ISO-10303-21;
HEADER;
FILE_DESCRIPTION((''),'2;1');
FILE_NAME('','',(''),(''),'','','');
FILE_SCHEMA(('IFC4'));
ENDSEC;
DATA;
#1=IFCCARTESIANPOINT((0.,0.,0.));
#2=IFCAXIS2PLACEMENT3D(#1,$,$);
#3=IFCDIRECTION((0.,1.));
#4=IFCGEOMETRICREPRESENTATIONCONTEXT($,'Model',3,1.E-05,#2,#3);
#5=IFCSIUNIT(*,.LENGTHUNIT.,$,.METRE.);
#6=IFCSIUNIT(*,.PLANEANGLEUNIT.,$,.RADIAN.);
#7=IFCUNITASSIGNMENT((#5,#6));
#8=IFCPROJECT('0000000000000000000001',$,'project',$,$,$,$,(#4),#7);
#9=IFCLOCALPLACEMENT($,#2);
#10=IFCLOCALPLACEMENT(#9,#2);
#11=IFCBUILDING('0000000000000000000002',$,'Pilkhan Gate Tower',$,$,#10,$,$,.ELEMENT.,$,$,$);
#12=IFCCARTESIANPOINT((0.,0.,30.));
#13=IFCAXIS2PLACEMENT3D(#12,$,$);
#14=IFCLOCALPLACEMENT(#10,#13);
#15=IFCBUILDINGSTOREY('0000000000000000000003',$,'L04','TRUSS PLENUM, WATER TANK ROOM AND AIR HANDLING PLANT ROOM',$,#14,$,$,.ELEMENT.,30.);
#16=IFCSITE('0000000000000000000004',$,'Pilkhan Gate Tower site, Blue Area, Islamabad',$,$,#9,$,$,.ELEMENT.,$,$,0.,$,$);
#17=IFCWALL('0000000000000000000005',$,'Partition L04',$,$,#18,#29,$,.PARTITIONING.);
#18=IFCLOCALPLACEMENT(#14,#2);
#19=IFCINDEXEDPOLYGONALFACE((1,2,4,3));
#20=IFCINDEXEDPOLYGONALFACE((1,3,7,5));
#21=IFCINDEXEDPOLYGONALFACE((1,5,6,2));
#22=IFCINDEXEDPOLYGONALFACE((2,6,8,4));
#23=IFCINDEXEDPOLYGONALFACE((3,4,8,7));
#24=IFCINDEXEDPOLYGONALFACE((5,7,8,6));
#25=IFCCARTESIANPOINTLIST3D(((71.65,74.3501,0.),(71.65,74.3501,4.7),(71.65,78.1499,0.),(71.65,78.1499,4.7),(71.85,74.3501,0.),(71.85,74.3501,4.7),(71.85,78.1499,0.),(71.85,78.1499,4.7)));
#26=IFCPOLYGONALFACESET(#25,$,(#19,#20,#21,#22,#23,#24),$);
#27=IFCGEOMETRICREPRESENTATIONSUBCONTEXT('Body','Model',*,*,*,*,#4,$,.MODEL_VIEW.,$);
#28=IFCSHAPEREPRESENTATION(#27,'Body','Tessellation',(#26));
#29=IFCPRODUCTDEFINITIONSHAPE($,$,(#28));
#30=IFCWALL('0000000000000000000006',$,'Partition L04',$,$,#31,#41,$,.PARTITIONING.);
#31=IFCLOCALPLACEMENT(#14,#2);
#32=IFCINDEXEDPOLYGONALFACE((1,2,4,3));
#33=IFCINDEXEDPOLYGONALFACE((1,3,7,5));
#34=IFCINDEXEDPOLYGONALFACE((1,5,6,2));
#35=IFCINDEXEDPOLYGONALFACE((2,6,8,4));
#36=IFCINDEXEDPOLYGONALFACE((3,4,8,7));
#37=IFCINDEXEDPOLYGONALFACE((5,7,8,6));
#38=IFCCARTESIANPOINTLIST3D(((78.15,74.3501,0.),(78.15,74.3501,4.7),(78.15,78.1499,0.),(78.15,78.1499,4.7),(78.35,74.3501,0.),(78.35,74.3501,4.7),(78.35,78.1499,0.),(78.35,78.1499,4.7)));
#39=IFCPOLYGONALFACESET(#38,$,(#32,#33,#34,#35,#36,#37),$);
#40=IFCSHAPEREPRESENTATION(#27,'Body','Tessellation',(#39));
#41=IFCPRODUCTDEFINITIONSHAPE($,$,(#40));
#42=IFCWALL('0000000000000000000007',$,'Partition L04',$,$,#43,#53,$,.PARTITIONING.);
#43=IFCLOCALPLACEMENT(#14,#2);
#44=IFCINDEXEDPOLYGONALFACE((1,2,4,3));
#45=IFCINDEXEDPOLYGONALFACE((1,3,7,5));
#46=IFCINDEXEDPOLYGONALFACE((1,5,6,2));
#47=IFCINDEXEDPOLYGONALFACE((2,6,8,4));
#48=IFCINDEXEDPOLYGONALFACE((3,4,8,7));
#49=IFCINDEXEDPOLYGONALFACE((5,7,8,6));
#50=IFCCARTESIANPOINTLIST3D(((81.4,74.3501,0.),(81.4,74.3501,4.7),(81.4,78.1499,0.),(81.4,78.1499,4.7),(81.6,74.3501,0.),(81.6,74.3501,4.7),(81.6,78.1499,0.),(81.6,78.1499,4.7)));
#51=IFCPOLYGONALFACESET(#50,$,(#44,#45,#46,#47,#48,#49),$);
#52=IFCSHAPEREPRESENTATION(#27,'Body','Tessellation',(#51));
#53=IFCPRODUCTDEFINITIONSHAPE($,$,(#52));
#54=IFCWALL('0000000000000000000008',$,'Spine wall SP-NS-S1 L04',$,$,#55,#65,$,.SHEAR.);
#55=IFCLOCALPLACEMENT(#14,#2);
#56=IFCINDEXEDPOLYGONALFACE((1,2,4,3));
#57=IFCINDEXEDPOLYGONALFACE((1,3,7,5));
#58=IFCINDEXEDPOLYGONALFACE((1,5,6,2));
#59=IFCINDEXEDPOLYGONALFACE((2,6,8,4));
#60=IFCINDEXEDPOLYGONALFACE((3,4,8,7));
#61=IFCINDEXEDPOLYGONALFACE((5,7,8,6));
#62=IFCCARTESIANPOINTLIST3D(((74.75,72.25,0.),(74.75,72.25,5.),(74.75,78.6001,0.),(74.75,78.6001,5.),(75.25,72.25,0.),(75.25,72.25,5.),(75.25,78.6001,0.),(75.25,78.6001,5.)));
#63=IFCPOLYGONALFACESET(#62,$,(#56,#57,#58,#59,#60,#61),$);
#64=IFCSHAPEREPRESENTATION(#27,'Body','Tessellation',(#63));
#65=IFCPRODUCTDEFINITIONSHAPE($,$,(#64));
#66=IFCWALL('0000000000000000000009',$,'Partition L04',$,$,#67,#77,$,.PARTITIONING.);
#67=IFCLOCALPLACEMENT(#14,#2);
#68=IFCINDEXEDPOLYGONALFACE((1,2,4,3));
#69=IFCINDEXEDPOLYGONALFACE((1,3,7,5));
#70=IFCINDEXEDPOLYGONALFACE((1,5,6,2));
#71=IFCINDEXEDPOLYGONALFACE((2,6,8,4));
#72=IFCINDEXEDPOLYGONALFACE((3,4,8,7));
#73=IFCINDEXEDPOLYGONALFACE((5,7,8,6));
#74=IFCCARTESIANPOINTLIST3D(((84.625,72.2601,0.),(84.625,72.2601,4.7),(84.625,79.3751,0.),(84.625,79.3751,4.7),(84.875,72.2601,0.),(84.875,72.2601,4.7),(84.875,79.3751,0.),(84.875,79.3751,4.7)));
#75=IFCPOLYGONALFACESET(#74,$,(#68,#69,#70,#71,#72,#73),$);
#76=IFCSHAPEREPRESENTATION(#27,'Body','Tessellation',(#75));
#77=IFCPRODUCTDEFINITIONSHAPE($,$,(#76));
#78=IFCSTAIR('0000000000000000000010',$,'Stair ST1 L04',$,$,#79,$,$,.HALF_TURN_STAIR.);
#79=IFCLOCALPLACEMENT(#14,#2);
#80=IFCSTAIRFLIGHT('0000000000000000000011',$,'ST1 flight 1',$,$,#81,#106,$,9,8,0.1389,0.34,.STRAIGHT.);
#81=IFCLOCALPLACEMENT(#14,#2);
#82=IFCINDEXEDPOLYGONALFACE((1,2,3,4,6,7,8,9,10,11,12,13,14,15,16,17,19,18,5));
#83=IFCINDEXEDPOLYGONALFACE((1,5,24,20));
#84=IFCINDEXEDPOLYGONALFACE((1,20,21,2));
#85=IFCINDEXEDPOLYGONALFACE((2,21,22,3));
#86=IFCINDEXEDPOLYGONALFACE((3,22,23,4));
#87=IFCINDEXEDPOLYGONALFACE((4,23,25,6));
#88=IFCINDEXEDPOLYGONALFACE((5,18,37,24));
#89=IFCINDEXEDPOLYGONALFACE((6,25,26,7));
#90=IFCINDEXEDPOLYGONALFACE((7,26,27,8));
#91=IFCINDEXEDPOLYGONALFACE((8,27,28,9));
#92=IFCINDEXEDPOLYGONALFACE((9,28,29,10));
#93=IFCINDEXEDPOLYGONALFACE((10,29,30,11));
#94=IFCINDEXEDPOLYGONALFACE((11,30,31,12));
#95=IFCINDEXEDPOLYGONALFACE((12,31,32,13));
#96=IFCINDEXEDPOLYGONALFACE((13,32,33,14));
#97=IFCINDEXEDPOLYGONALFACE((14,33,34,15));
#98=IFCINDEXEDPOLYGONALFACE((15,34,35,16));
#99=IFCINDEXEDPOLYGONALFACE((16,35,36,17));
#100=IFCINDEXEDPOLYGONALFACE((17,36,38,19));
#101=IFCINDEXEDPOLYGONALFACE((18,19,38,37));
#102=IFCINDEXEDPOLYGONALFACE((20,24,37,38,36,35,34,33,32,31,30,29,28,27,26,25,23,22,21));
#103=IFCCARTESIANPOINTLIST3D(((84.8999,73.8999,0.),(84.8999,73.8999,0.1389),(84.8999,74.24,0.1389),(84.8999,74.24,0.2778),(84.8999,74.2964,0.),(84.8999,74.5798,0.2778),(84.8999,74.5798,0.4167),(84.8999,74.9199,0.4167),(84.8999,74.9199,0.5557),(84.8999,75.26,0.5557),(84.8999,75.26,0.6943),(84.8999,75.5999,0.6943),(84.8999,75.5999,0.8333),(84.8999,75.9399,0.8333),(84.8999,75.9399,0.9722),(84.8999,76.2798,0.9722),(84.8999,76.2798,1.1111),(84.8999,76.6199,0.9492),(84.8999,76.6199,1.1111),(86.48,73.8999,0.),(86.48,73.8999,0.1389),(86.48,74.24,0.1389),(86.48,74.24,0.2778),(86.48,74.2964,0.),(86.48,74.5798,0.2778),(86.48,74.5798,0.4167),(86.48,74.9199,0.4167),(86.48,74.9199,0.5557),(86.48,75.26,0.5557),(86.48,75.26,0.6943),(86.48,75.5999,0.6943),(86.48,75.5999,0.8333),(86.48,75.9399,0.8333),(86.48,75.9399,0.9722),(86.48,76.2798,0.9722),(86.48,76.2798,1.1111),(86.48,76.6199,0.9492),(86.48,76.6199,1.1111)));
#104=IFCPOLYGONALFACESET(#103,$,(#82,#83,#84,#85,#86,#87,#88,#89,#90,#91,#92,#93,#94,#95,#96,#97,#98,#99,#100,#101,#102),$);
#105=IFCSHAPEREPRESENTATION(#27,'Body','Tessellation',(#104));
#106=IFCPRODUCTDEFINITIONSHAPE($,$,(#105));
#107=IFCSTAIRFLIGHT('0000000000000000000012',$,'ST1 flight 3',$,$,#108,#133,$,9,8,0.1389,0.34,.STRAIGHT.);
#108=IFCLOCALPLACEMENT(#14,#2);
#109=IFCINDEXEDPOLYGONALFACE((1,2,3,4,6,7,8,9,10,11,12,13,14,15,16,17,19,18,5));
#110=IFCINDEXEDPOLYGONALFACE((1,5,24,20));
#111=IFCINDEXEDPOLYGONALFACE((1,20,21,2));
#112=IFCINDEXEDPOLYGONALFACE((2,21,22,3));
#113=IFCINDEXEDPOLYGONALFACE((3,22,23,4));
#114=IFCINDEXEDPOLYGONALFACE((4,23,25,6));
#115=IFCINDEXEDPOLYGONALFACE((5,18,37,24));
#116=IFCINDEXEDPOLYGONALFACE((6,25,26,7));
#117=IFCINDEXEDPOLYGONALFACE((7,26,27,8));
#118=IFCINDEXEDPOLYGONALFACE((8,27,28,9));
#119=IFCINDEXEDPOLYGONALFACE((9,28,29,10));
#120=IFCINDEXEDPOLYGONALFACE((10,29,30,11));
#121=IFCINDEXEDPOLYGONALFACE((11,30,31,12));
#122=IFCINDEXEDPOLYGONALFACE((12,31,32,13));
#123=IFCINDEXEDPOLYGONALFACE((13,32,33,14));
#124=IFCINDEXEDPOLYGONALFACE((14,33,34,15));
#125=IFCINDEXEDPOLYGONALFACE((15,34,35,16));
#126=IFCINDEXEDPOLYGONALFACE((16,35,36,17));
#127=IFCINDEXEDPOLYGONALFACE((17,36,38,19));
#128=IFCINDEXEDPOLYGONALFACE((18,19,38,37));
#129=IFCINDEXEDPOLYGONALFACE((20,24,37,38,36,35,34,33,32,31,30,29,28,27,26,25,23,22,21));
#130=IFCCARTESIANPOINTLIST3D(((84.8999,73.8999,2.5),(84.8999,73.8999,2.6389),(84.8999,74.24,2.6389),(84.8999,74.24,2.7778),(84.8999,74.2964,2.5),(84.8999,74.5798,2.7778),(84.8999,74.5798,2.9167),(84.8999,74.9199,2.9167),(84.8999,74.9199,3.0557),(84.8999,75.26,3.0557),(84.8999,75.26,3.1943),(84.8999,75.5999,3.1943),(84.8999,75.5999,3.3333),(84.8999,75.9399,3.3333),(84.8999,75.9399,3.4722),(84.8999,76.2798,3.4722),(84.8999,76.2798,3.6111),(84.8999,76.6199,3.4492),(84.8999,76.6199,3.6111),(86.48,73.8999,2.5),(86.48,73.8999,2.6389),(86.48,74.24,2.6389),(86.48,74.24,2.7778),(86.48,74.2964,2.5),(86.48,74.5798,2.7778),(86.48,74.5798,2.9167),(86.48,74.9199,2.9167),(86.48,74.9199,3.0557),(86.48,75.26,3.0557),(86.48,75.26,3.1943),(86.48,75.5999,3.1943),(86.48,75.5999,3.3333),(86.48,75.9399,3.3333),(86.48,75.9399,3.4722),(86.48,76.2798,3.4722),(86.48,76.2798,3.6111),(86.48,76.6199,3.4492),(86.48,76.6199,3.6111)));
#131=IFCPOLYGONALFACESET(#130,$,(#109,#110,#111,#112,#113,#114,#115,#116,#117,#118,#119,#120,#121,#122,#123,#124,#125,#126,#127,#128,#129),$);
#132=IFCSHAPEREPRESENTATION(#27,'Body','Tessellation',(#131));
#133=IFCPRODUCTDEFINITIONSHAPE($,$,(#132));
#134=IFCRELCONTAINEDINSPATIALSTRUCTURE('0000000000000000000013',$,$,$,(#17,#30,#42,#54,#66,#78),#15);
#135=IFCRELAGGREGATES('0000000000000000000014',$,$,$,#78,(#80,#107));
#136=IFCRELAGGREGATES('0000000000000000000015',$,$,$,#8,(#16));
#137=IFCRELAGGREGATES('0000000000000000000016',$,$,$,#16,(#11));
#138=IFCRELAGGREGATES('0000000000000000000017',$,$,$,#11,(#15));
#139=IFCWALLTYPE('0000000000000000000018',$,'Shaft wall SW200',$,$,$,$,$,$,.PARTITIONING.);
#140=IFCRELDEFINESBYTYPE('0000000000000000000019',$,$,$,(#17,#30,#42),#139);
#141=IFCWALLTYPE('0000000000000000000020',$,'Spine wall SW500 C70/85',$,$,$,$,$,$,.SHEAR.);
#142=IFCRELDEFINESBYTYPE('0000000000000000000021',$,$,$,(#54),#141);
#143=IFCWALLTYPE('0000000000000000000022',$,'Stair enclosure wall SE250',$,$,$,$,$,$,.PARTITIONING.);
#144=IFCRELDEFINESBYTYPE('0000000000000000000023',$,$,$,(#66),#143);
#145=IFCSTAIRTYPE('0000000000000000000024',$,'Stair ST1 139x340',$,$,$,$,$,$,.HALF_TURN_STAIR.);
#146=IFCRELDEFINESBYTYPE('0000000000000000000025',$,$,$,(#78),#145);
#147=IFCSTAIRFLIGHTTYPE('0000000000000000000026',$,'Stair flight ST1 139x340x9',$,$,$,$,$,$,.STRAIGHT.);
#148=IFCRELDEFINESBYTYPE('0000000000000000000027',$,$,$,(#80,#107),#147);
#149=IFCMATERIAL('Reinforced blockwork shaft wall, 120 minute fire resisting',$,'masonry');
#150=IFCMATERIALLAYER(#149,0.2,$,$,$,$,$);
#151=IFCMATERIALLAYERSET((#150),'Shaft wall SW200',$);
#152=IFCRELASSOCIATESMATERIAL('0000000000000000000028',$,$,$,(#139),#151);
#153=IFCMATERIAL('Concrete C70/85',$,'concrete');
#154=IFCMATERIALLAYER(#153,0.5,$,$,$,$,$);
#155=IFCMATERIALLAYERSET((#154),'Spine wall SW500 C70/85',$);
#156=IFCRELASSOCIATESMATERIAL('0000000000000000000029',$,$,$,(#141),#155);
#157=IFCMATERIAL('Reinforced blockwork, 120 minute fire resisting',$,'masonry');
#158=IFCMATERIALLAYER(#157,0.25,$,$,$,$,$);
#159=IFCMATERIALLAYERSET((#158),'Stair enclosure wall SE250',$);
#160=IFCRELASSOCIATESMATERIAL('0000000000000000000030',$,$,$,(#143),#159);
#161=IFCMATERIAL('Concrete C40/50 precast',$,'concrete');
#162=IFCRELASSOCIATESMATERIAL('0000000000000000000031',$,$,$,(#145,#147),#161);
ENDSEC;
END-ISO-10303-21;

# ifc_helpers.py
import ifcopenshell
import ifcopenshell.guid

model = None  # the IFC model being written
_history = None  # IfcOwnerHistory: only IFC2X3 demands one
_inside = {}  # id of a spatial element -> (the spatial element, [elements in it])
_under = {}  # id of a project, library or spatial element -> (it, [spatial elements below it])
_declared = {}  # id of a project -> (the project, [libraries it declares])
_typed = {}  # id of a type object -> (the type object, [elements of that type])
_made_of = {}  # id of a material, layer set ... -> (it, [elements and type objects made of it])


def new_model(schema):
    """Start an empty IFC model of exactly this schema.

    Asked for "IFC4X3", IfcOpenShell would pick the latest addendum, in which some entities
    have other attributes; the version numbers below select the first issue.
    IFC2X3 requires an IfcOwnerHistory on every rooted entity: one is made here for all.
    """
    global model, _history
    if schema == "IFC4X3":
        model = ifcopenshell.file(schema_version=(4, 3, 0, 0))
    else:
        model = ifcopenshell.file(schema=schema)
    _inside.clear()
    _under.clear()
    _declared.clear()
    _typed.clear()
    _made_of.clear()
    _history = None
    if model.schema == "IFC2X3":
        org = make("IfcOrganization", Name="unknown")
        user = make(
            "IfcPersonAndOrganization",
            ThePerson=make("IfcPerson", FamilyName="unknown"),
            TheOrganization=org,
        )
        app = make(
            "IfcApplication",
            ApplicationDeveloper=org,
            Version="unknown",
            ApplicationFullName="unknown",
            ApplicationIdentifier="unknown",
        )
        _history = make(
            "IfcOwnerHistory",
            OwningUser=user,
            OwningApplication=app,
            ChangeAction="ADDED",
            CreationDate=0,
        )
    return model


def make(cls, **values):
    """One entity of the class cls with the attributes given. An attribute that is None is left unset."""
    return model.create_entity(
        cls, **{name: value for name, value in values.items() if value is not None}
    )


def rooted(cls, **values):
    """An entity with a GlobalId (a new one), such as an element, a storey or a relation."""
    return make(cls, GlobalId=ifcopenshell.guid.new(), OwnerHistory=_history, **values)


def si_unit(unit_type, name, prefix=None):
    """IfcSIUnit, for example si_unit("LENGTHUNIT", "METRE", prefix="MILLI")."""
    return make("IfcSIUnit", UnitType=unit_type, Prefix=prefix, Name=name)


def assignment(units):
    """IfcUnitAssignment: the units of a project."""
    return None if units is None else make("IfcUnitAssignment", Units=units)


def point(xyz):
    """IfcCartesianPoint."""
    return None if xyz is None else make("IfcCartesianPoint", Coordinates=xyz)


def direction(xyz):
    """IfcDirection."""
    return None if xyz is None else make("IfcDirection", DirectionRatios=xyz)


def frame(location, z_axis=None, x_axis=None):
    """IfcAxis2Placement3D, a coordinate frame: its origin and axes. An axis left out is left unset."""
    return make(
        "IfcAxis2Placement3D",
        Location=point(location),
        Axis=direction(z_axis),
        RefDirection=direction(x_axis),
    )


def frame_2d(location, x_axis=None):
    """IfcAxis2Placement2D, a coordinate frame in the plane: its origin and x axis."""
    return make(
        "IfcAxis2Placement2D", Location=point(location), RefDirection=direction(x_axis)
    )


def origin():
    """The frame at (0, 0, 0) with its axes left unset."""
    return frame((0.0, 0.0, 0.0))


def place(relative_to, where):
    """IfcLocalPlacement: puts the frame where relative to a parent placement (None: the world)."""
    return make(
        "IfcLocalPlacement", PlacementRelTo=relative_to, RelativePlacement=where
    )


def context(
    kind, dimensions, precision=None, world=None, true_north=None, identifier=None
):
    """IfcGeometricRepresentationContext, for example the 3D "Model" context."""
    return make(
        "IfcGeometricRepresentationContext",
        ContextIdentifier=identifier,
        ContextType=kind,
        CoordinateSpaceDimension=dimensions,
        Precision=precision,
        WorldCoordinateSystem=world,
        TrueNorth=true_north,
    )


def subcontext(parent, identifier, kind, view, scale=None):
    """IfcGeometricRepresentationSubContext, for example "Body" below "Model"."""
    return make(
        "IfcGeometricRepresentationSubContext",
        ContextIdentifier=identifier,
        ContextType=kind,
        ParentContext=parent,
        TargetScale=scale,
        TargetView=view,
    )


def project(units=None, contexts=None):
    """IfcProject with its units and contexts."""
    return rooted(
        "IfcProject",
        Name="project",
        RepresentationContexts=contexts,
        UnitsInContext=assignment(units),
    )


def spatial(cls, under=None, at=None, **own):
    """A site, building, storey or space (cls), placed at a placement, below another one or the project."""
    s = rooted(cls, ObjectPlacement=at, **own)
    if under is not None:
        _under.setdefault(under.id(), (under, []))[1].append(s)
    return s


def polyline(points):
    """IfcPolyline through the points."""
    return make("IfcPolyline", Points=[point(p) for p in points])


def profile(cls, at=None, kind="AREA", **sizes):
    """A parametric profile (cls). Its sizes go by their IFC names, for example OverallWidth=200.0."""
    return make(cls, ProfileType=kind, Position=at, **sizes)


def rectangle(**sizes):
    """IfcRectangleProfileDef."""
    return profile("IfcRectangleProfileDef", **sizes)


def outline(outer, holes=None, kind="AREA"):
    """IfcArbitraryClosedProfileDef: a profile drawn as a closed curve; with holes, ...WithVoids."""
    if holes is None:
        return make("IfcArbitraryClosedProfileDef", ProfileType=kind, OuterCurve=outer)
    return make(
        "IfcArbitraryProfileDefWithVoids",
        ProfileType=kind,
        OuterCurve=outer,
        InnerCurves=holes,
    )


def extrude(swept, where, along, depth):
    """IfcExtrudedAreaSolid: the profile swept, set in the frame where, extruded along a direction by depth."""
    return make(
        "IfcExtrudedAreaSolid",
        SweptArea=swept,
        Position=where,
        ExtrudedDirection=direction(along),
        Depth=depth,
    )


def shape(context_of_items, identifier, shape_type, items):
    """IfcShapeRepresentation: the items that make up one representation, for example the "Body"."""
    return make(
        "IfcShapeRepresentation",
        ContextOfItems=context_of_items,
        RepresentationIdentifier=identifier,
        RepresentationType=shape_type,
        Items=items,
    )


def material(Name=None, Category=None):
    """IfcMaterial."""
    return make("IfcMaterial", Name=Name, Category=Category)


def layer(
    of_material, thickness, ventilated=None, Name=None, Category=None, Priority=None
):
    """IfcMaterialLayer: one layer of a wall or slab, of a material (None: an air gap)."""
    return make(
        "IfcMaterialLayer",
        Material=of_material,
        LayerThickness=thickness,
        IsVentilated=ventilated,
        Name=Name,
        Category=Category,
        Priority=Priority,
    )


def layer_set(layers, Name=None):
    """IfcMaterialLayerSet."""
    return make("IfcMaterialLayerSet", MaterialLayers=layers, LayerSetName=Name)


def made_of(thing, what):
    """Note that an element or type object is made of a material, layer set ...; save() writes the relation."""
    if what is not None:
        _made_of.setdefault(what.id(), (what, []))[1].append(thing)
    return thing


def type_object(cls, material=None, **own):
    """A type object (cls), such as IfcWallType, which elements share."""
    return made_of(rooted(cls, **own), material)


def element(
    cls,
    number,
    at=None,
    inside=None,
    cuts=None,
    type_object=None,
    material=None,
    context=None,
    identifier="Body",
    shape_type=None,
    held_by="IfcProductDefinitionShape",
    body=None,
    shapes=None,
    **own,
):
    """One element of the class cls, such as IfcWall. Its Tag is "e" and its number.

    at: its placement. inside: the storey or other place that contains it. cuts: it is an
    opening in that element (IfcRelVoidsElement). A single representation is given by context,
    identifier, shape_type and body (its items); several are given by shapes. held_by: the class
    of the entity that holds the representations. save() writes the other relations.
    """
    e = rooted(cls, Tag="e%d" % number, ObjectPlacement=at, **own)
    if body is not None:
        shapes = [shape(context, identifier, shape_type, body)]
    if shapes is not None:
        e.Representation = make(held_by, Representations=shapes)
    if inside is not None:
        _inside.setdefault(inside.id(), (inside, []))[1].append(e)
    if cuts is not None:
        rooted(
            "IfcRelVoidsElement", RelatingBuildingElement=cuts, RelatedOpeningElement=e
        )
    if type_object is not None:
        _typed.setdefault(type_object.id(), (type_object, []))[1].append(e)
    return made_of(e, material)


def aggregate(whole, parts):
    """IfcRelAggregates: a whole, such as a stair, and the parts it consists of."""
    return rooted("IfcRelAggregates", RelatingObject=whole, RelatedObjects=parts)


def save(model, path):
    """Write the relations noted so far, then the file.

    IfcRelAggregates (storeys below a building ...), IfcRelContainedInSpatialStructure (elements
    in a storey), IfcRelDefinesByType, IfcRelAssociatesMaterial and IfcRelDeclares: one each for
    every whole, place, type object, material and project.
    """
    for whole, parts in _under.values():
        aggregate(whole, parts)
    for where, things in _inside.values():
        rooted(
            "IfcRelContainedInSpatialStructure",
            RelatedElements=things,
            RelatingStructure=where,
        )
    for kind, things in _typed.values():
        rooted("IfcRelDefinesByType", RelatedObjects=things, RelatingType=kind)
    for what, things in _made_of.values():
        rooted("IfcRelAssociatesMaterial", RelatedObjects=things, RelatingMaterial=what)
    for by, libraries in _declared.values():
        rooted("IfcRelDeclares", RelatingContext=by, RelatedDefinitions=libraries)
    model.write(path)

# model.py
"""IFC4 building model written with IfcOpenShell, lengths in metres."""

from ifc_helpers import new_model, si_unit, direction, frame, frame_2d, origin, place, context, subcontext, project, spatial, polyline, rectangle, outline, extrude, material, layer, layer_set, type_object, element, aggregate, save


model = new_model("IFC4")

# Units and contexts
model_context = context("Model", 3, precision=1e-05, world=origin(), true_north=direction((0.0, 1.0)))
body_context = subcontext(model_context, "Body", "Model", "MODEL_VIEW")
ifc_project = project(units=[si_unit("LENGTHUNIT", "METRE"), si_unit("PLANEANGLEUNIT", "RADIAN")], contexts=[model_context])

# Site, building, storey
site_placement = place(None, origin())
site = spatial("IfcSite", under=ifc_project, at=site_placement, Name="Pilkhan Gate Tower site, Blue Area, Islamabad", CompositionType="ELEMENT", RefElevation=0.0)
building_placement = place(site_placement, origin())
building = spatial("IfcBuilding", under=site, at=building_placement, Name="Pilkhan Gate Tower", CompositionType="ELEMENT")
storey_placement = place(building_placement, frame((0.0, 0.0, 30.0)))
storey = spatial("IfcBuildingStorey", under=building, at=storey_placement, Name="L04", Description="TRUSS PLENUM, WATER TANK ROOM AND AIR HANDLING PLANT ROOM", CompositionType="ELEMENT", Elevation=30.0)

# Shared definitions
ifc_material_1 = material(Name="Concrete C70/85", Category="concrete")

# Walls
ifc_material_2 = material(Name="Reinforced blockwork shaft wall, 120 minute fire resisting", Category="masonry")
ifc_layer_1 = layer(ifc_material_2, 0.2)
ifc_layer_set_1 = layer_set([ifc_layer_1], Name="Shaft wall SW200")
wall_type_1 = type_object("IfcWallType", Name="Shaft wall SW200", PredefinedType="PARTITIONING", material=ifc_layer_set_1)
for number, where, z_axis, x_axis, name in (
    (1, (71.75, 74.3501, 0.0), (0.0, 0.0, 1.0), (0.0, 1.0, 0.0), "Partition L04"),
    (2, (78.25, 74.3501, 0.0), (0.0, 0.0, 1.0), (0.0, 1.0, 0.0), "Partition L04"),
    (3, (81.5, 74.3501, 0.0), (0.0, 0.0, 1.0), (0.0, 1.0, 0.0), "Partition L04"),
):
    element("IfcWall", number, at=place(storey_placement, frame(where, z_axis=z_axis, x_axis=x_axis)), inside=storey, type_object=wall_type_1, Name=name, PredefinedType="PARTITIONING", context=body_context, shape_type="SweptSolid", body=[
        extrude(rectangle(XDim=3.7998, YDim=0.2, at=frame_2d((1.8999, 0.0))), origin(), (0.0, 0.0, 1.0), 4.7),
    ])
ifc_layer_2 = layer(ifc_material_1, 0.5)
ifc_layer_set_2 = layer_set([ifc_layer_2], Name="Spine wall SW500 C70/85")
wall_type_2 = type_object("IfcWallType", Name="Spine wall SW500 C70/85", PredefinedType="SHEAR", material=ifc_layer_set_2)
wall_1_placement = place(storey_placement, frame((75.0, 72.25, 0.0), z_axis=(0.0, 0.0, 1.0), x_axis=(0.0, 1.0, 0.0)))
element("IfcWall", 4, at=wall_1_placement, inside=storey, type_object=wall_type_2, Name="Spine wall SP-NS-S1 L04", PredefinedType="SHEAR", context=body_context, shape_type="SweptSolid", body=[
    extrude(rectangle(XDim=6.3501, YDim=0.5, at=frame_2d((3.175, 0.0))), origin(), (0.0, 0.0, 1.0), 5.0),
])
ifc_material_3 = material(Name="Reinforced blockwork, 120 minute fire resisting", Category="masonry")
ifc_layer_3 = layer(ifc_material_3, 0.25)
ifc_layer_set_3 = layer_set([ifc_layer_3], Name="Stair enclosure wall SE250")
wall_type_3 = type_object("IfcWallType", Name="Stair enclosure wall SE250", PredefinedType="PARTITIONING", material=ifc_layer_set_3)
wall_2_placement = place(storey_placement, frame((84.75, 72.26, 0.0), z_axis=(0.0, 0.0, 1.0), x_axis=(0.0, 1.0, 0.0)))
element("IfcWall", 5, at=wall_2_placement, inside=storey, type_object=wall_type_3, Name="Partition L04", PredefinedType="PARTITIONING", context=body_context, shape_type="SweptSolid", body=[
    extrude(rectangle(XDim=7.115, YDim=0.25, at=frame_2d((3.5576, 0.0))), origin(), (0.0, 0.0, 1.0), 4.7),
])

# Stair, stair flights
ifc_material_4 = material(Name="Concrete C40/50 precast", Category="concrete")
stair_type = type_object("IfcStairType", Name="Stair ST1 139x340", PredefinedType="HALF_TURN_STAIR", material=ifc_material_4)
stair_placement = place(storey_placement, origin())
stair = element("IfcStair", 6, at=stair_placement, inside=storey, type_object=stair_type, Name="Stair ST1 L04", PredefinedType="HALF_TURN_STAIR")
stair_flight_type = type_object("IfcStairFlightType", Name="Stair flight ST1 139x340x9", PredefinedType="STRAIGHT", material=ifc_material_4)
stair_flight_1_placement = place(storey_placement, frame((85.6899, 73.8999, 0.0), z_axis=(0.0, 0.0, 1.0), x_axis=(0.0, 1.0, 0.0)))
stair_flight_1 = element("IfcStairFlight", 7, at=stair_flight_1_placement, type_object=stair_flight_type, Name="ST1 flight 1", NumberOfRisers=9, NumberOfTreads=8, PredefinedType="STRAIGHT", RiserHeight=0.1389, TreadLength=0.34, context=body_context, shape_type="SweptSolid", body=[
    extrude(outline(polyline([(0.0, 0.0), (0.0, 0.1389), (0.3401, 0.1389), (0.3401, 0.2778), (0.6799, 0.2778), (0.6799, 0.4167), (1.02, 0.4167), (1.02, 0.5557), (1.3601, 0.5557), (1.3601, 0.6943), (1.7, 0.6943), (1.7, 0.8333), (2.04, 0.8333), (2.04, 0.9722), (2.3799, 0.9722), (2.3799, 1.1111), (2.72, 1.1111), (2.72, 1.25), (2.72, 0.9492), (0.3965, 0.0), (0.0, 0.0)])), frame((0.0, 0.79, 0.0), z_axis=(0.0, -1.0, 0.0), x_axis=(1.0, 0.0, 0.0)), (0.0, 0.0, 1.0), 1.5801),
])
stair_flight_2_placement = place(storey_placement, frame((85.6899, 73.8999, 2.5), z_axis=(0.0, 0.0, 1.0), x_axis=(0.0, 1.0, 0.0)))
stair_flight_2 = element("IfcStairFlight", 8, at=stair_flight_2_placement, type_object=stair_flight_type, Name="ST1 flight 3", NumberOfRisers=9, NumberOfTreads=8, PredefinedType="STRAIGHT", RiserHeight=0.1389, TreadLength=0.34, context=body_context, shape_type="SweptSolid", body=[
    extrude(outline(polyline([(0.0, 0.0), (0.0, 0.1389), (0.3401, 0.1389), (0.3401, 0.2778), (0.6799, 0.2778), (0.6799, 0.4167), (1.02, 0.4167), (1.02, 0.5557), (1.3601, 0.5557), (1.3601, 0.6943), (1.7, 0.6943), (1.7, 0.8333), (2.04, 0.8333), (2.04, 0.9722), (2.3799, 0.9722), (2.3799, 1.1111), (2.72, 1.1111), (2.72, 1.25), (2.72, 0.9492), (0.3965, 0.0), (0.0, 0.0)])), frame((0.0, 0.79, 0.0), z_axis=(0.0, -1.0, 0.0), x_axis=(1.0, 0.0, 0.0)), (0.0, 0.0, 1.0), 1.5801),
])
aggregate(stair, [stair_flight_1, stair_flight_2])

save(model, "model.ifc")
